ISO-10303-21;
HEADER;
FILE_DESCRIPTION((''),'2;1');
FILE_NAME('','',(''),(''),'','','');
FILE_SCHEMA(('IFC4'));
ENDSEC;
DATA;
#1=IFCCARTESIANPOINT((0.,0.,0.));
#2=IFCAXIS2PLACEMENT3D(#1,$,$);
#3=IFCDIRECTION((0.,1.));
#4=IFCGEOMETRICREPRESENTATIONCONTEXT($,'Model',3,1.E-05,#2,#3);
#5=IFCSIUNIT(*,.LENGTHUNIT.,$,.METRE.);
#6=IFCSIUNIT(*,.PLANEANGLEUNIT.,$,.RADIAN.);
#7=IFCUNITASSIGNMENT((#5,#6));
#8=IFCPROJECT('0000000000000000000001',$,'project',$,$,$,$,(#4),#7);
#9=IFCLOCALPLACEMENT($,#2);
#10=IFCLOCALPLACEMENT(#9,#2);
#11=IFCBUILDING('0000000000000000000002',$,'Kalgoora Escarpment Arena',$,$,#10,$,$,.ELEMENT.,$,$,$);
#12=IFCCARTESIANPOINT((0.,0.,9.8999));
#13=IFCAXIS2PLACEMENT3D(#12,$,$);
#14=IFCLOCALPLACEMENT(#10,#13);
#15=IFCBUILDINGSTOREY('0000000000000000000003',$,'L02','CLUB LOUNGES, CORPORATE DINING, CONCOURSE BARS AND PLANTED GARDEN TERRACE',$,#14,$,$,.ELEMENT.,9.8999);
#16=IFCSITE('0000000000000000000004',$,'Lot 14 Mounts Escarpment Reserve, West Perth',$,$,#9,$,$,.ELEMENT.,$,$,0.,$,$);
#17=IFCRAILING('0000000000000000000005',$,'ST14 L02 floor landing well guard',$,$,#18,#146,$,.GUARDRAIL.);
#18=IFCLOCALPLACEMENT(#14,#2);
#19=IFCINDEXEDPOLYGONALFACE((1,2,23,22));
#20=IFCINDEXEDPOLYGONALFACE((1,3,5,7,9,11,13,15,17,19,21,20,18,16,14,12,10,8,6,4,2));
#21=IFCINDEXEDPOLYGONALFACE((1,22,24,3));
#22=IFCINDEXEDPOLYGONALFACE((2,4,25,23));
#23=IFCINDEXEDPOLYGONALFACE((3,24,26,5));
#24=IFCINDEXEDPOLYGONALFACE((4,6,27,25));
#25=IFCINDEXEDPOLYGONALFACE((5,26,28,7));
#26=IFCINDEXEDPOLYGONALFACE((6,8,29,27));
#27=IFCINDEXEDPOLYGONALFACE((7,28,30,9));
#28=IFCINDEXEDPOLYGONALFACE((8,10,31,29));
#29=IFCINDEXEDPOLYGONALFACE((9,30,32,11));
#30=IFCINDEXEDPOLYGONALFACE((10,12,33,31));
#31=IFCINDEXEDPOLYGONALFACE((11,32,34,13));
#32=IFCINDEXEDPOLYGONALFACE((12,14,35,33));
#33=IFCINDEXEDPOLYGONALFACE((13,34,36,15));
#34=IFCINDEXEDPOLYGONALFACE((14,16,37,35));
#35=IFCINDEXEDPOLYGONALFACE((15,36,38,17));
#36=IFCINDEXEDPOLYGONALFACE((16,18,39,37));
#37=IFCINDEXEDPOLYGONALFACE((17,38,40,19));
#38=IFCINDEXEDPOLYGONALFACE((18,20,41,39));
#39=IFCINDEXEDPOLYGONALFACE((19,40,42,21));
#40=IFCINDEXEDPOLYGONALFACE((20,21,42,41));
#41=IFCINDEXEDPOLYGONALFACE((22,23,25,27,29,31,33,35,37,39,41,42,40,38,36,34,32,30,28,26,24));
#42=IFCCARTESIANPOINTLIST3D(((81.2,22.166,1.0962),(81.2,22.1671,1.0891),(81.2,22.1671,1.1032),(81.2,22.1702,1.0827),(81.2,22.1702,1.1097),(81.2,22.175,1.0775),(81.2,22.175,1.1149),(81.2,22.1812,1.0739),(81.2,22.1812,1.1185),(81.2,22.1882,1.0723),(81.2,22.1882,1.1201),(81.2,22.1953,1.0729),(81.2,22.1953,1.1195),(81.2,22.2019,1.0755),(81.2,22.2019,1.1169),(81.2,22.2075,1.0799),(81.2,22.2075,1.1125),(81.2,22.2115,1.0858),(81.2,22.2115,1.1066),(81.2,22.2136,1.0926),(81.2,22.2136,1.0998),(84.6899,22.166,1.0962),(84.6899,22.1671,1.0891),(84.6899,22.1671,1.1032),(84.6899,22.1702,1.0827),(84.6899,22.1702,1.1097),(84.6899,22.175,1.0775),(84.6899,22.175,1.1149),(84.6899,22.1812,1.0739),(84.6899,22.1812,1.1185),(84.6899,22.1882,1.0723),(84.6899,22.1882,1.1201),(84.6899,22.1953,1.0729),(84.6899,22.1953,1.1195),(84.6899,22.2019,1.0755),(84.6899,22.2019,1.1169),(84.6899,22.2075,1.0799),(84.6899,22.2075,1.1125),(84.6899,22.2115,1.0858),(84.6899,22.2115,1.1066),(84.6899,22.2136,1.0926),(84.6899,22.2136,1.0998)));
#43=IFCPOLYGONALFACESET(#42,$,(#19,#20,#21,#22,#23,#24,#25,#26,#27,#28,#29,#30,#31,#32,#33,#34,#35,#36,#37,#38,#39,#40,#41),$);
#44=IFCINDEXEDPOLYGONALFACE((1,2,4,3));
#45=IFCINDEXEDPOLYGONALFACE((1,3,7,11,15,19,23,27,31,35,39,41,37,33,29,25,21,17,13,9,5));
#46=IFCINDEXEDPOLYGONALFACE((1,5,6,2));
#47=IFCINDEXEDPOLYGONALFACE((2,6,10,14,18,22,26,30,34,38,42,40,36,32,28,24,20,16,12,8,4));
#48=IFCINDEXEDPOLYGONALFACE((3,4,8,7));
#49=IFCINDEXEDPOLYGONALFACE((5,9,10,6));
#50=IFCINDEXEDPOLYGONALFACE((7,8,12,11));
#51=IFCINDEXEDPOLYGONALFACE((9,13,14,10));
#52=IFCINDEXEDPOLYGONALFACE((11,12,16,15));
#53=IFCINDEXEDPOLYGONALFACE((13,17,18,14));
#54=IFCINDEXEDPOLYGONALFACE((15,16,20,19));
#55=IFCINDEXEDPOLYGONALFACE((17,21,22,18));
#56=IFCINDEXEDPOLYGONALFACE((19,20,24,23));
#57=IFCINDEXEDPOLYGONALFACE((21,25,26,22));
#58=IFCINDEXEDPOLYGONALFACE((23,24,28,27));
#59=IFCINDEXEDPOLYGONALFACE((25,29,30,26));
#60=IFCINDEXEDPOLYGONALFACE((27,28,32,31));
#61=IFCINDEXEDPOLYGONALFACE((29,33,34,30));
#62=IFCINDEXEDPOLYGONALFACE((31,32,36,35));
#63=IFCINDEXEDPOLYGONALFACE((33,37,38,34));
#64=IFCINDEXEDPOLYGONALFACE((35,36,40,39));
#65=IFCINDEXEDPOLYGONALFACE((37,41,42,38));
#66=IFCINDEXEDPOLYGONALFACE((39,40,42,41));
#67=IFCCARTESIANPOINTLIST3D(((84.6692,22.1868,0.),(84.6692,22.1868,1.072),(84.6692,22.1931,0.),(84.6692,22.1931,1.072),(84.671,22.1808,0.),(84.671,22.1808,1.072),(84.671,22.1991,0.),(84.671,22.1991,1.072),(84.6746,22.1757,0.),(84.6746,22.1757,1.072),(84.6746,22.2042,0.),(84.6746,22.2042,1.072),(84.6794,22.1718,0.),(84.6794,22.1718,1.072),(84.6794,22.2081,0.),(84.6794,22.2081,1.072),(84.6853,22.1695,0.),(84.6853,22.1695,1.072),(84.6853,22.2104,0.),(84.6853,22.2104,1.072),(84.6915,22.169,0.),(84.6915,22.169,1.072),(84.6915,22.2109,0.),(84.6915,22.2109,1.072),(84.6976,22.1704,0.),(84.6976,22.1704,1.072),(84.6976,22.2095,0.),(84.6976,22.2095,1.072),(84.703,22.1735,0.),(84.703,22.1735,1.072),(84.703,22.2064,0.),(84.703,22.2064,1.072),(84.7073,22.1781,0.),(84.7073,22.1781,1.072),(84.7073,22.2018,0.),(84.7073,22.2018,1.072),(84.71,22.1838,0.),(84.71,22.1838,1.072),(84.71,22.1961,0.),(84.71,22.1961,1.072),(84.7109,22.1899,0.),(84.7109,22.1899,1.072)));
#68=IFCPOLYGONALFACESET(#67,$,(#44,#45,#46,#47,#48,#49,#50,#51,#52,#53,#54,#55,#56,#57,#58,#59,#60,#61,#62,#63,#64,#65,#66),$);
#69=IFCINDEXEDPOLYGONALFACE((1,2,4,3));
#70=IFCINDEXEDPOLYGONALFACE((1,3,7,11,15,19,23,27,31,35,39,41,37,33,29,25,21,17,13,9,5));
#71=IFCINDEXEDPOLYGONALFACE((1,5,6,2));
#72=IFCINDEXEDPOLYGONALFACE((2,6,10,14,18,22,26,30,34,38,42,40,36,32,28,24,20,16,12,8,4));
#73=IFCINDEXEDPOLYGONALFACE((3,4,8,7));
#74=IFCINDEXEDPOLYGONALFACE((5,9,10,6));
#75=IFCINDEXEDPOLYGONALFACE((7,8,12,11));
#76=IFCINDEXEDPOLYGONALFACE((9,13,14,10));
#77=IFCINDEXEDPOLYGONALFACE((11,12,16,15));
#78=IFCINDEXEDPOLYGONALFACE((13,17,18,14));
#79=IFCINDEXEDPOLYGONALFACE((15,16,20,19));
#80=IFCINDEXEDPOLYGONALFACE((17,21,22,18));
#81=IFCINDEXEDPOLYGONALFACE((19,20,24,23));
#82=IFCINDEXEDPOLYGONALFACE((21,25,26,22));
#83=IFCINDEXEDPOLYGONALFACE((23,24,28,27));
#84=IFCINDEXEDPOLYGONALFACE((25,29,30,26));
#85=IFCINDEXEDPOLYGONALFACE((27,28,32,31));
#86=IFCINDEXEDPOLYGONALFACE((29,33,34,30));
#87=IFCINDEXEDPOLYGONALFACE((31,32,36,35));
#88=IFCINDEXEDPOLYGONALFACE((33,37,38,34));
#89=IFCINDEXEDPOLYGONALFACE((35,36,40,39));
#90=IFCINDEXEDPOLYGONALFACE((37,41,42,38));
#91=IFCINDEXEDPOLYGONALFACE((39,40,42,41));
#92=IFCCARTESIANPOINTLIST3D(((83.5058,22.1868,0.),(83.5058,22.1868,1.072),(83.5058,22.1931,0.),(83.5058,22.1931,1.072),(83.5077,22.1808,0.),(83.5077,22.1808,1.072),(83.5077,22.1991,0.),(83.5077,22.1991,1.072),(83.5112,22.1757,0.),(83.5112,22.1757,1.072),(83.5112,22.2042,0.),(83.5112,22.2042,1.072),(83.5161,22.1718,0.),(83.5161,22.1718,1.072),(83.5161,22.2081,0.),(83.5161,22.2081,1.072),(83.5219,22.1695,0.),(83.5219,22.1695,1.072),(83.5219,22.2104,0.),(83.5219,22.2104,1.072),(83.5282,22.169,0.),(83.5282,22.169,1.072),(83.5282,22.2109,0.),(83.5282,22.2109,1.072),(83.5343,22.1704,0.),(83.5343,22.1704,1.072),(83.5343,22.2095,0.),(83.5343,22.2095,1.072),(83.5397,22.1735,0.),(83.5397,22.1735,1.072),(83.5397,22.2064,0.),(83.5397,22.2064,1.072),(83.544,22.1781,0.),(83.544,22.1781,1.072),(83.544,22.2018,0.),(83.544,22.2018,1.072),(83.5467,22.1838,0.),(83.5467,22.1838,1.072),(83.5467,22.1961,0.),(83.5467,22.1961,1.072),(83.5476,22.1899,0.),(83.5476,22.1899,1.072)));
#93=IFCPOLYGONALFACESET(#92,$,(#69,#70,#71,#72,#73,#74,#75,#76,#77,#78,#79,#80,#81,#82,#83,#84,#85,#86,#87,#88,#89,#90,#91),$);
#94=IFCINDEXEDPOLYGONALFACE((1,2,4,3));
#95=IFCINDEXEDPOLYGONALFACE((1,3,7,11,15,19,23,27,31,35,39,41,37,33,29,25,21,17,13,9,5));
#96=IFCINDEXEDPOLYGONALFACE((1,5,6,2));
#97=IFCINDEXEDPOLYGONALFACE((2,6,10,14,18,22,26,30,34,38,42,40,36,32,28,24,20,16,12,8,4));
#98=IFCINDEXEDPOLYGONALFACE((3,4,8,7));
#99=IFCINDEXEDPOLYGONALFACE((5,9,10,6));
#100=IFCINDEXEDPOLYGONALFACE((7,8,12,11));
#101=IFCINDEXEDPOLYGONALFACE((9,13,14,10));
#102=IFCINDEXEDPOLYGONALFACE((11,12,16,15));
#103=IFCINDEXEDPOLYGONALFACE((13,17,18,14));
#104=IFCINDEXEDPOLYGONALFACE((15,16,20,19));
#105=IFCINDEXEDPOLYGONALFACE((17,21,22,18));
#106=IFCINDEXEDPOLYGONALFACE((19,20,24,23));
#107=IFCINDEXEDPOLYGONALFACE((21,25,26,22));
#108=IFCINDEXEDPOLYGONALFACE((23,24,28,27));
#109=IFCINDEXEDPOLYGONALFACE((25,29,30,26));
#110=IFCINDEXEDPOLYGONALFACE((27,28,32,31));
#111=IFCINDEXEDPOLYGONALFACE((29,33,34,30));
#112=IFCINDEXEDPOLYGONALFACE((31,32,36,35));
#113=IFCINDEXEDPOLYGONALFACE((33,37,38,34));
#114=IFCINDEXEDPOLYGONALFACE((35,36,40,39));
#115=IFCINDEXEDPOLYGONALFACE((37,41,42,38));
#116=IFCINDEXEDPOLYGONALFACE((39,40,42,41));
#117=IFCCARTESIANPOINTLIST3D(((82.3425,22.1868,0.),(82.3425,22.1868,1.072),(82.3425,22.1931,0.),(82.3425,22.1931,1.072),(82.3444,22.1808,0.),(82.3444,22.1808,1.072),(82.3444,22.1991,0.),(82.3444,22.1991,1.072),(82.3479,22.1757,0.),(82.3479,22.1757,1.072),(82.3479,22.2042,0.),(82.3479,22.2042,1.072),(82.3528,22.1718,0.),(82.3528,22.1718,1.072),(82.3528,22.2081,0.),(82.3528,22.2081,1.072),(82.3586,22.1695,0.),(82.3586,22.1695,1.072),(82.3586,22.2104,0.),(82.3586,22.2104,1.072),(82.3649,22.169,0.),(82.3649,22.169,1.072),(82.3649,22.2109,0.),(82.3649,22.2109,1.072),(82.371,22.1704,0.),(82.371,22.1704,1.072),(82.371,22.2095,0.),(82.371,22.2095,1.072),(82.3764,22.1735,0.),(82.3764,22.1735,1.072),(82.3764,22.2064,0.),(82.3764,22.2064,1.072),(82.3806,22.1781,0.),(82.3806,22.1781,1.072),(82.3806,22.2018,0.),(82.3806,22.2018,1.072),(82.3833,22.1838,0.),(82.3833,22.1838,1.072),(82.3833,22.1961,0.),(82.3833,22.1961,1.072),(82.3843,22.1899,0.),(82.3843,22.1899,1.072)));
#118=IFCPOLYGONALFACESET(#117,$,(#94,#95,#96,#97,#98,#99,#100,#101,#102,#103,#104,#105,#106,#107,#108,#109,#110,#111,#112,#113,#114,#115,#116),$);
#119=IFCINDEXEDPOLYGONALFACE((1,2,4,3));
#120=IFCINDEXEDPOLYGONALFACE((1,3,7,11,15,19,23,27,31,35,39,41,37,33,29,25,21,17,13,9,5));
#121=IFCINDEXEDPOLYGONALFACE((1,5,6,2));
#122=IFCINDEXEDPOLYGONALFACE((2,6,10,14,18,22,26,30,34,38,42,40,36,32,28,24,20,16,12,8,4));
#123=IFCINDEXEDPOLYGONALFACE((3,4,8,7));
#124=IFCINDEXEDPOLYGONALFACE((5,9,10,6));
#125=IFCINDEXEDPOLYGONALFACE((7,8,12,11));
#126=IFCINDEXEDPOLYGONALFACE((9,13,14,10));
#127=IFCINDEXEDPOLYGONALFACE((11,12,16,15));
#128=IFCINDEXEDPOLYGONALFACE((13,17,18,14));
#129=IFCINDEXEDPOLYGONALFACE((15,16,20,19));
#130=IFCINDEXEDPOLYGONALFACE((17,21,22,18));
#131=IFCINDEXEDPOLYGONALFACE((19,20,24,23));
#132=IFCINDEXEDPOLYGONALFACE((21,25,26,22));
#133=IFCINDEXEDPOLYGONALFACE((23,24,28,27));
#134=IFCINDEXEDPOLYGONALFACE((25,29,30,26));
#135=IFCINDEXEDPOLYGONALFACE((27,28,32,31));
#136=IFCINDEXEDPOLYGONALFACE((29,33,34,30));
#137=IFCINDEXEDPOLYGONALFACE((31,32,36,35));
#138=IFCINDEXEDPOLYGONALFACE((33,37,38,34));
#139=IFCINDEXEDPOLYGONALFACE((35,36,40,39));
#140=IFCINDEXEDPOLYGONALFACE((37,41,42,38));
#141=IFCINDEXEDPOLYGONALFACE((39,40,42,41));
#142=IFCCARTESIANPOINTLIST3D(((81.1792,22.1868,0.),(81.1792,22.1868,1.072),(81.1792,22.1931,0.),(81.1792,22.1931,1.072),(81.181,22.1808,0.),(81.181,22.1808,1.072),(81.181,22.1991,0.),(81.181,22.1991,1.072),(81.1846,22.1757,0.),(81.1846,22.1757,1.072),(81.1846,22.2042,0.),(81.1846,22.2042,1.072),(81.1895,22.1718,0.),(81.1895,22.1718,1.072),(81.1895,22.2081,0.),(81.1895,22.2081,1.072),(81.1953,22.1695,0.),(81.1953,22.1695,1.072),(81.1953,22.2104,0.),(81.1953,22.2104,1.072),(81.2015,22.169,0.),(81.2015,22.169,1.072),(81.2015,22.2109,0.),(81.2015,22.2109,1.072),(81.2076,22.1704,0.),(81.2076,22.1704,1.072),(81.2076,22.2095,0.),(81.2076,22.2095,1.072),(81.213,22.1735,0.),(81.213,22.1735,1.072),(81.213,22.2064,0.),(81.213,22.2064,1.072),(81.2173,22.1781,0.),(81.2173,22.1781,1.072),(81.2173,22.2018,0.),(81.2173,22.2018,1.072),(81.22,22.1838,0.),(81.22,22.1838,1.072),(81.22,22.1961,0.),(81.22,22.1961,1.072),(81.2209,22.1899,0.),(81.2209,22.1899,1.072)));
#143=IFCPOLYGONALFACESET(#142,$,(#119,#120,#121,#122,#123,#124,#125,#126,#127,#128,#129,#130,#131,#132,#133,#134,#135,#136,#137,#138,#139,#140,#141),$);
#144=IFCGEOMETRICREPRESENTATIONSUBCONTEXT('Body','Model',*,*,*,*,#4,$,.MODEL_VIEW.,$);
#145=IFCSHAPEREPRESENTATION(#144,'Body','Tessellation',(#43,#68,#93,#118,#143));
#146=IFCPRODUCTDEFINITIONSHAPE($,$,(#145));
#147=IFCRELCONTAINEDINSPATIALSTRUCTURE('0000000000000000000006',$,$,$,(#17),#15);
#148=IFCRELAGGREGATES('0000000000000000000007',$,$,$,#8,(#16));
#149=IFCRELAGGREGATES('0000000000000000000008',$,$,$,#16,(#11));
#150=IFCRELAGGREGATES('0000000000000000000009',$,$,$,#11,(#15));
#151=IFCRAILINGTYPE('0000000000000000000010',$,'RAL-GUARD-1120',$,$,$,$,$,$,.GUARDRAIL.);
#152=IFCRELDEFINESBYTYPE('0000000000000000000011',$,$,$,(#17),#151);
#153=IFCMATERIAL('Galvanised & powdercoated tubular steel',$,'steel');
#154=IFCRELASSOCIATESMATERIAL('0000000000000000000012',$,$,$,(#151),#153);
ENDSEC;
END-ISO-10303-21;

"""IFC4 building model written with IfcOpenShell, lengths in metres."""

from ifc_helpers import new_model, si_unit, direction, frame, origin, origin_2d, place, context, subcontext, project, spatial, circle, extrude, material, type_object, element, save


model = new_model("IFC4")

# Units and contexts
model_context = context("Model", 3, precision=1e-05, world=origin(), true_north=direction((0.0, 1.0)))
body_context = subcontext(model_context, "Body", "Model", "MODEL_VIEW")
ifc_project = project(units=[si_unit("LENGTHUNIT", "METRE"), si_unit("PLANEANGLEUNIT", "RADIAN")], contexts=[model_context])

# Site, building, storey
site_placement = place(None, origin())
site = spatial("IfcSite", under=ifc_project, at=site_placement, Name="Lot 14 Mounts Escarpment Reserve, West Perth", CompositionType="ELEMENT", RefElevation=0.0)
building_placement = place(site_placement, origin())
building = spatial("IfcBuilding", under=site, at=building_placement, Name="Kalgoora Escarpment Arena", CompositionType="ELEMENT")
storey_placement = place(building_placement, frame((0.0, 0.0, 9.8999)))
storey = spatial("IfcBuildingStorey", under=building, at=storey_placement, Name="L02", Description="CLUB LOUNGES, CORPORATE DINING, CONCOURSE BARS AND PLANTED GARDEN TERRACE", CompositionType="ELEMENT", Elevation=9.8999)

# Railing
ifc_material_1 = material(Name="Galvanised & powdercoated tubular steel", Category="steel")
railing_type_1 = type_object("IfcRailingType", Name="RAL-GUARD-1120", PredefinedType="GUARDRAIL", material=ifc_material_1)
for number, where, name in (
    (1, (84.6899, 22.1899, 0.0), "ST14 L02 floor landing well guard"),
):
    element("IfcRailing", number, at=place(storey_placement, frame(where)), inside=storey, type_object=railing_type_1, Name=name, PredefinedType="GUARDRAIL", context=body_context, shape_type="SweptSolid", body=[
        extrude(circle(Radius=0.0239, at=origin_2d()), frame((0.0, 0.0, 1.0962), z_axis=(-1.0, 0.0, 0.0), x_axis=(0.0, -1.0, 0.0)), (0.0, 0.0, 1.0), 3.49),
        extrude(circle(Radius=0.021, at=origin_2d()), origin(), (0.0, 0.0, 1.0), 1.072),
        extrude(circle(Radius=0.021, at=origin_2d()), frame((-1.1633, 0.0, 0.0)), (0.0, 0.0, 1.0), 1.072),
        extrude(circle(Radius=0.021, at=origin_2d()), frame((-2.3267, 0.0, 0.0)), (0.0, 0.0, 1.0), 1.072),
        extrude(circle(Radius=0.021, at=origin_2d()), frame((-3.49, 0.0, 0.0)), (0.0, 0.0, 1.0), 1.072),
    ])

save(model, "model.ifc")
